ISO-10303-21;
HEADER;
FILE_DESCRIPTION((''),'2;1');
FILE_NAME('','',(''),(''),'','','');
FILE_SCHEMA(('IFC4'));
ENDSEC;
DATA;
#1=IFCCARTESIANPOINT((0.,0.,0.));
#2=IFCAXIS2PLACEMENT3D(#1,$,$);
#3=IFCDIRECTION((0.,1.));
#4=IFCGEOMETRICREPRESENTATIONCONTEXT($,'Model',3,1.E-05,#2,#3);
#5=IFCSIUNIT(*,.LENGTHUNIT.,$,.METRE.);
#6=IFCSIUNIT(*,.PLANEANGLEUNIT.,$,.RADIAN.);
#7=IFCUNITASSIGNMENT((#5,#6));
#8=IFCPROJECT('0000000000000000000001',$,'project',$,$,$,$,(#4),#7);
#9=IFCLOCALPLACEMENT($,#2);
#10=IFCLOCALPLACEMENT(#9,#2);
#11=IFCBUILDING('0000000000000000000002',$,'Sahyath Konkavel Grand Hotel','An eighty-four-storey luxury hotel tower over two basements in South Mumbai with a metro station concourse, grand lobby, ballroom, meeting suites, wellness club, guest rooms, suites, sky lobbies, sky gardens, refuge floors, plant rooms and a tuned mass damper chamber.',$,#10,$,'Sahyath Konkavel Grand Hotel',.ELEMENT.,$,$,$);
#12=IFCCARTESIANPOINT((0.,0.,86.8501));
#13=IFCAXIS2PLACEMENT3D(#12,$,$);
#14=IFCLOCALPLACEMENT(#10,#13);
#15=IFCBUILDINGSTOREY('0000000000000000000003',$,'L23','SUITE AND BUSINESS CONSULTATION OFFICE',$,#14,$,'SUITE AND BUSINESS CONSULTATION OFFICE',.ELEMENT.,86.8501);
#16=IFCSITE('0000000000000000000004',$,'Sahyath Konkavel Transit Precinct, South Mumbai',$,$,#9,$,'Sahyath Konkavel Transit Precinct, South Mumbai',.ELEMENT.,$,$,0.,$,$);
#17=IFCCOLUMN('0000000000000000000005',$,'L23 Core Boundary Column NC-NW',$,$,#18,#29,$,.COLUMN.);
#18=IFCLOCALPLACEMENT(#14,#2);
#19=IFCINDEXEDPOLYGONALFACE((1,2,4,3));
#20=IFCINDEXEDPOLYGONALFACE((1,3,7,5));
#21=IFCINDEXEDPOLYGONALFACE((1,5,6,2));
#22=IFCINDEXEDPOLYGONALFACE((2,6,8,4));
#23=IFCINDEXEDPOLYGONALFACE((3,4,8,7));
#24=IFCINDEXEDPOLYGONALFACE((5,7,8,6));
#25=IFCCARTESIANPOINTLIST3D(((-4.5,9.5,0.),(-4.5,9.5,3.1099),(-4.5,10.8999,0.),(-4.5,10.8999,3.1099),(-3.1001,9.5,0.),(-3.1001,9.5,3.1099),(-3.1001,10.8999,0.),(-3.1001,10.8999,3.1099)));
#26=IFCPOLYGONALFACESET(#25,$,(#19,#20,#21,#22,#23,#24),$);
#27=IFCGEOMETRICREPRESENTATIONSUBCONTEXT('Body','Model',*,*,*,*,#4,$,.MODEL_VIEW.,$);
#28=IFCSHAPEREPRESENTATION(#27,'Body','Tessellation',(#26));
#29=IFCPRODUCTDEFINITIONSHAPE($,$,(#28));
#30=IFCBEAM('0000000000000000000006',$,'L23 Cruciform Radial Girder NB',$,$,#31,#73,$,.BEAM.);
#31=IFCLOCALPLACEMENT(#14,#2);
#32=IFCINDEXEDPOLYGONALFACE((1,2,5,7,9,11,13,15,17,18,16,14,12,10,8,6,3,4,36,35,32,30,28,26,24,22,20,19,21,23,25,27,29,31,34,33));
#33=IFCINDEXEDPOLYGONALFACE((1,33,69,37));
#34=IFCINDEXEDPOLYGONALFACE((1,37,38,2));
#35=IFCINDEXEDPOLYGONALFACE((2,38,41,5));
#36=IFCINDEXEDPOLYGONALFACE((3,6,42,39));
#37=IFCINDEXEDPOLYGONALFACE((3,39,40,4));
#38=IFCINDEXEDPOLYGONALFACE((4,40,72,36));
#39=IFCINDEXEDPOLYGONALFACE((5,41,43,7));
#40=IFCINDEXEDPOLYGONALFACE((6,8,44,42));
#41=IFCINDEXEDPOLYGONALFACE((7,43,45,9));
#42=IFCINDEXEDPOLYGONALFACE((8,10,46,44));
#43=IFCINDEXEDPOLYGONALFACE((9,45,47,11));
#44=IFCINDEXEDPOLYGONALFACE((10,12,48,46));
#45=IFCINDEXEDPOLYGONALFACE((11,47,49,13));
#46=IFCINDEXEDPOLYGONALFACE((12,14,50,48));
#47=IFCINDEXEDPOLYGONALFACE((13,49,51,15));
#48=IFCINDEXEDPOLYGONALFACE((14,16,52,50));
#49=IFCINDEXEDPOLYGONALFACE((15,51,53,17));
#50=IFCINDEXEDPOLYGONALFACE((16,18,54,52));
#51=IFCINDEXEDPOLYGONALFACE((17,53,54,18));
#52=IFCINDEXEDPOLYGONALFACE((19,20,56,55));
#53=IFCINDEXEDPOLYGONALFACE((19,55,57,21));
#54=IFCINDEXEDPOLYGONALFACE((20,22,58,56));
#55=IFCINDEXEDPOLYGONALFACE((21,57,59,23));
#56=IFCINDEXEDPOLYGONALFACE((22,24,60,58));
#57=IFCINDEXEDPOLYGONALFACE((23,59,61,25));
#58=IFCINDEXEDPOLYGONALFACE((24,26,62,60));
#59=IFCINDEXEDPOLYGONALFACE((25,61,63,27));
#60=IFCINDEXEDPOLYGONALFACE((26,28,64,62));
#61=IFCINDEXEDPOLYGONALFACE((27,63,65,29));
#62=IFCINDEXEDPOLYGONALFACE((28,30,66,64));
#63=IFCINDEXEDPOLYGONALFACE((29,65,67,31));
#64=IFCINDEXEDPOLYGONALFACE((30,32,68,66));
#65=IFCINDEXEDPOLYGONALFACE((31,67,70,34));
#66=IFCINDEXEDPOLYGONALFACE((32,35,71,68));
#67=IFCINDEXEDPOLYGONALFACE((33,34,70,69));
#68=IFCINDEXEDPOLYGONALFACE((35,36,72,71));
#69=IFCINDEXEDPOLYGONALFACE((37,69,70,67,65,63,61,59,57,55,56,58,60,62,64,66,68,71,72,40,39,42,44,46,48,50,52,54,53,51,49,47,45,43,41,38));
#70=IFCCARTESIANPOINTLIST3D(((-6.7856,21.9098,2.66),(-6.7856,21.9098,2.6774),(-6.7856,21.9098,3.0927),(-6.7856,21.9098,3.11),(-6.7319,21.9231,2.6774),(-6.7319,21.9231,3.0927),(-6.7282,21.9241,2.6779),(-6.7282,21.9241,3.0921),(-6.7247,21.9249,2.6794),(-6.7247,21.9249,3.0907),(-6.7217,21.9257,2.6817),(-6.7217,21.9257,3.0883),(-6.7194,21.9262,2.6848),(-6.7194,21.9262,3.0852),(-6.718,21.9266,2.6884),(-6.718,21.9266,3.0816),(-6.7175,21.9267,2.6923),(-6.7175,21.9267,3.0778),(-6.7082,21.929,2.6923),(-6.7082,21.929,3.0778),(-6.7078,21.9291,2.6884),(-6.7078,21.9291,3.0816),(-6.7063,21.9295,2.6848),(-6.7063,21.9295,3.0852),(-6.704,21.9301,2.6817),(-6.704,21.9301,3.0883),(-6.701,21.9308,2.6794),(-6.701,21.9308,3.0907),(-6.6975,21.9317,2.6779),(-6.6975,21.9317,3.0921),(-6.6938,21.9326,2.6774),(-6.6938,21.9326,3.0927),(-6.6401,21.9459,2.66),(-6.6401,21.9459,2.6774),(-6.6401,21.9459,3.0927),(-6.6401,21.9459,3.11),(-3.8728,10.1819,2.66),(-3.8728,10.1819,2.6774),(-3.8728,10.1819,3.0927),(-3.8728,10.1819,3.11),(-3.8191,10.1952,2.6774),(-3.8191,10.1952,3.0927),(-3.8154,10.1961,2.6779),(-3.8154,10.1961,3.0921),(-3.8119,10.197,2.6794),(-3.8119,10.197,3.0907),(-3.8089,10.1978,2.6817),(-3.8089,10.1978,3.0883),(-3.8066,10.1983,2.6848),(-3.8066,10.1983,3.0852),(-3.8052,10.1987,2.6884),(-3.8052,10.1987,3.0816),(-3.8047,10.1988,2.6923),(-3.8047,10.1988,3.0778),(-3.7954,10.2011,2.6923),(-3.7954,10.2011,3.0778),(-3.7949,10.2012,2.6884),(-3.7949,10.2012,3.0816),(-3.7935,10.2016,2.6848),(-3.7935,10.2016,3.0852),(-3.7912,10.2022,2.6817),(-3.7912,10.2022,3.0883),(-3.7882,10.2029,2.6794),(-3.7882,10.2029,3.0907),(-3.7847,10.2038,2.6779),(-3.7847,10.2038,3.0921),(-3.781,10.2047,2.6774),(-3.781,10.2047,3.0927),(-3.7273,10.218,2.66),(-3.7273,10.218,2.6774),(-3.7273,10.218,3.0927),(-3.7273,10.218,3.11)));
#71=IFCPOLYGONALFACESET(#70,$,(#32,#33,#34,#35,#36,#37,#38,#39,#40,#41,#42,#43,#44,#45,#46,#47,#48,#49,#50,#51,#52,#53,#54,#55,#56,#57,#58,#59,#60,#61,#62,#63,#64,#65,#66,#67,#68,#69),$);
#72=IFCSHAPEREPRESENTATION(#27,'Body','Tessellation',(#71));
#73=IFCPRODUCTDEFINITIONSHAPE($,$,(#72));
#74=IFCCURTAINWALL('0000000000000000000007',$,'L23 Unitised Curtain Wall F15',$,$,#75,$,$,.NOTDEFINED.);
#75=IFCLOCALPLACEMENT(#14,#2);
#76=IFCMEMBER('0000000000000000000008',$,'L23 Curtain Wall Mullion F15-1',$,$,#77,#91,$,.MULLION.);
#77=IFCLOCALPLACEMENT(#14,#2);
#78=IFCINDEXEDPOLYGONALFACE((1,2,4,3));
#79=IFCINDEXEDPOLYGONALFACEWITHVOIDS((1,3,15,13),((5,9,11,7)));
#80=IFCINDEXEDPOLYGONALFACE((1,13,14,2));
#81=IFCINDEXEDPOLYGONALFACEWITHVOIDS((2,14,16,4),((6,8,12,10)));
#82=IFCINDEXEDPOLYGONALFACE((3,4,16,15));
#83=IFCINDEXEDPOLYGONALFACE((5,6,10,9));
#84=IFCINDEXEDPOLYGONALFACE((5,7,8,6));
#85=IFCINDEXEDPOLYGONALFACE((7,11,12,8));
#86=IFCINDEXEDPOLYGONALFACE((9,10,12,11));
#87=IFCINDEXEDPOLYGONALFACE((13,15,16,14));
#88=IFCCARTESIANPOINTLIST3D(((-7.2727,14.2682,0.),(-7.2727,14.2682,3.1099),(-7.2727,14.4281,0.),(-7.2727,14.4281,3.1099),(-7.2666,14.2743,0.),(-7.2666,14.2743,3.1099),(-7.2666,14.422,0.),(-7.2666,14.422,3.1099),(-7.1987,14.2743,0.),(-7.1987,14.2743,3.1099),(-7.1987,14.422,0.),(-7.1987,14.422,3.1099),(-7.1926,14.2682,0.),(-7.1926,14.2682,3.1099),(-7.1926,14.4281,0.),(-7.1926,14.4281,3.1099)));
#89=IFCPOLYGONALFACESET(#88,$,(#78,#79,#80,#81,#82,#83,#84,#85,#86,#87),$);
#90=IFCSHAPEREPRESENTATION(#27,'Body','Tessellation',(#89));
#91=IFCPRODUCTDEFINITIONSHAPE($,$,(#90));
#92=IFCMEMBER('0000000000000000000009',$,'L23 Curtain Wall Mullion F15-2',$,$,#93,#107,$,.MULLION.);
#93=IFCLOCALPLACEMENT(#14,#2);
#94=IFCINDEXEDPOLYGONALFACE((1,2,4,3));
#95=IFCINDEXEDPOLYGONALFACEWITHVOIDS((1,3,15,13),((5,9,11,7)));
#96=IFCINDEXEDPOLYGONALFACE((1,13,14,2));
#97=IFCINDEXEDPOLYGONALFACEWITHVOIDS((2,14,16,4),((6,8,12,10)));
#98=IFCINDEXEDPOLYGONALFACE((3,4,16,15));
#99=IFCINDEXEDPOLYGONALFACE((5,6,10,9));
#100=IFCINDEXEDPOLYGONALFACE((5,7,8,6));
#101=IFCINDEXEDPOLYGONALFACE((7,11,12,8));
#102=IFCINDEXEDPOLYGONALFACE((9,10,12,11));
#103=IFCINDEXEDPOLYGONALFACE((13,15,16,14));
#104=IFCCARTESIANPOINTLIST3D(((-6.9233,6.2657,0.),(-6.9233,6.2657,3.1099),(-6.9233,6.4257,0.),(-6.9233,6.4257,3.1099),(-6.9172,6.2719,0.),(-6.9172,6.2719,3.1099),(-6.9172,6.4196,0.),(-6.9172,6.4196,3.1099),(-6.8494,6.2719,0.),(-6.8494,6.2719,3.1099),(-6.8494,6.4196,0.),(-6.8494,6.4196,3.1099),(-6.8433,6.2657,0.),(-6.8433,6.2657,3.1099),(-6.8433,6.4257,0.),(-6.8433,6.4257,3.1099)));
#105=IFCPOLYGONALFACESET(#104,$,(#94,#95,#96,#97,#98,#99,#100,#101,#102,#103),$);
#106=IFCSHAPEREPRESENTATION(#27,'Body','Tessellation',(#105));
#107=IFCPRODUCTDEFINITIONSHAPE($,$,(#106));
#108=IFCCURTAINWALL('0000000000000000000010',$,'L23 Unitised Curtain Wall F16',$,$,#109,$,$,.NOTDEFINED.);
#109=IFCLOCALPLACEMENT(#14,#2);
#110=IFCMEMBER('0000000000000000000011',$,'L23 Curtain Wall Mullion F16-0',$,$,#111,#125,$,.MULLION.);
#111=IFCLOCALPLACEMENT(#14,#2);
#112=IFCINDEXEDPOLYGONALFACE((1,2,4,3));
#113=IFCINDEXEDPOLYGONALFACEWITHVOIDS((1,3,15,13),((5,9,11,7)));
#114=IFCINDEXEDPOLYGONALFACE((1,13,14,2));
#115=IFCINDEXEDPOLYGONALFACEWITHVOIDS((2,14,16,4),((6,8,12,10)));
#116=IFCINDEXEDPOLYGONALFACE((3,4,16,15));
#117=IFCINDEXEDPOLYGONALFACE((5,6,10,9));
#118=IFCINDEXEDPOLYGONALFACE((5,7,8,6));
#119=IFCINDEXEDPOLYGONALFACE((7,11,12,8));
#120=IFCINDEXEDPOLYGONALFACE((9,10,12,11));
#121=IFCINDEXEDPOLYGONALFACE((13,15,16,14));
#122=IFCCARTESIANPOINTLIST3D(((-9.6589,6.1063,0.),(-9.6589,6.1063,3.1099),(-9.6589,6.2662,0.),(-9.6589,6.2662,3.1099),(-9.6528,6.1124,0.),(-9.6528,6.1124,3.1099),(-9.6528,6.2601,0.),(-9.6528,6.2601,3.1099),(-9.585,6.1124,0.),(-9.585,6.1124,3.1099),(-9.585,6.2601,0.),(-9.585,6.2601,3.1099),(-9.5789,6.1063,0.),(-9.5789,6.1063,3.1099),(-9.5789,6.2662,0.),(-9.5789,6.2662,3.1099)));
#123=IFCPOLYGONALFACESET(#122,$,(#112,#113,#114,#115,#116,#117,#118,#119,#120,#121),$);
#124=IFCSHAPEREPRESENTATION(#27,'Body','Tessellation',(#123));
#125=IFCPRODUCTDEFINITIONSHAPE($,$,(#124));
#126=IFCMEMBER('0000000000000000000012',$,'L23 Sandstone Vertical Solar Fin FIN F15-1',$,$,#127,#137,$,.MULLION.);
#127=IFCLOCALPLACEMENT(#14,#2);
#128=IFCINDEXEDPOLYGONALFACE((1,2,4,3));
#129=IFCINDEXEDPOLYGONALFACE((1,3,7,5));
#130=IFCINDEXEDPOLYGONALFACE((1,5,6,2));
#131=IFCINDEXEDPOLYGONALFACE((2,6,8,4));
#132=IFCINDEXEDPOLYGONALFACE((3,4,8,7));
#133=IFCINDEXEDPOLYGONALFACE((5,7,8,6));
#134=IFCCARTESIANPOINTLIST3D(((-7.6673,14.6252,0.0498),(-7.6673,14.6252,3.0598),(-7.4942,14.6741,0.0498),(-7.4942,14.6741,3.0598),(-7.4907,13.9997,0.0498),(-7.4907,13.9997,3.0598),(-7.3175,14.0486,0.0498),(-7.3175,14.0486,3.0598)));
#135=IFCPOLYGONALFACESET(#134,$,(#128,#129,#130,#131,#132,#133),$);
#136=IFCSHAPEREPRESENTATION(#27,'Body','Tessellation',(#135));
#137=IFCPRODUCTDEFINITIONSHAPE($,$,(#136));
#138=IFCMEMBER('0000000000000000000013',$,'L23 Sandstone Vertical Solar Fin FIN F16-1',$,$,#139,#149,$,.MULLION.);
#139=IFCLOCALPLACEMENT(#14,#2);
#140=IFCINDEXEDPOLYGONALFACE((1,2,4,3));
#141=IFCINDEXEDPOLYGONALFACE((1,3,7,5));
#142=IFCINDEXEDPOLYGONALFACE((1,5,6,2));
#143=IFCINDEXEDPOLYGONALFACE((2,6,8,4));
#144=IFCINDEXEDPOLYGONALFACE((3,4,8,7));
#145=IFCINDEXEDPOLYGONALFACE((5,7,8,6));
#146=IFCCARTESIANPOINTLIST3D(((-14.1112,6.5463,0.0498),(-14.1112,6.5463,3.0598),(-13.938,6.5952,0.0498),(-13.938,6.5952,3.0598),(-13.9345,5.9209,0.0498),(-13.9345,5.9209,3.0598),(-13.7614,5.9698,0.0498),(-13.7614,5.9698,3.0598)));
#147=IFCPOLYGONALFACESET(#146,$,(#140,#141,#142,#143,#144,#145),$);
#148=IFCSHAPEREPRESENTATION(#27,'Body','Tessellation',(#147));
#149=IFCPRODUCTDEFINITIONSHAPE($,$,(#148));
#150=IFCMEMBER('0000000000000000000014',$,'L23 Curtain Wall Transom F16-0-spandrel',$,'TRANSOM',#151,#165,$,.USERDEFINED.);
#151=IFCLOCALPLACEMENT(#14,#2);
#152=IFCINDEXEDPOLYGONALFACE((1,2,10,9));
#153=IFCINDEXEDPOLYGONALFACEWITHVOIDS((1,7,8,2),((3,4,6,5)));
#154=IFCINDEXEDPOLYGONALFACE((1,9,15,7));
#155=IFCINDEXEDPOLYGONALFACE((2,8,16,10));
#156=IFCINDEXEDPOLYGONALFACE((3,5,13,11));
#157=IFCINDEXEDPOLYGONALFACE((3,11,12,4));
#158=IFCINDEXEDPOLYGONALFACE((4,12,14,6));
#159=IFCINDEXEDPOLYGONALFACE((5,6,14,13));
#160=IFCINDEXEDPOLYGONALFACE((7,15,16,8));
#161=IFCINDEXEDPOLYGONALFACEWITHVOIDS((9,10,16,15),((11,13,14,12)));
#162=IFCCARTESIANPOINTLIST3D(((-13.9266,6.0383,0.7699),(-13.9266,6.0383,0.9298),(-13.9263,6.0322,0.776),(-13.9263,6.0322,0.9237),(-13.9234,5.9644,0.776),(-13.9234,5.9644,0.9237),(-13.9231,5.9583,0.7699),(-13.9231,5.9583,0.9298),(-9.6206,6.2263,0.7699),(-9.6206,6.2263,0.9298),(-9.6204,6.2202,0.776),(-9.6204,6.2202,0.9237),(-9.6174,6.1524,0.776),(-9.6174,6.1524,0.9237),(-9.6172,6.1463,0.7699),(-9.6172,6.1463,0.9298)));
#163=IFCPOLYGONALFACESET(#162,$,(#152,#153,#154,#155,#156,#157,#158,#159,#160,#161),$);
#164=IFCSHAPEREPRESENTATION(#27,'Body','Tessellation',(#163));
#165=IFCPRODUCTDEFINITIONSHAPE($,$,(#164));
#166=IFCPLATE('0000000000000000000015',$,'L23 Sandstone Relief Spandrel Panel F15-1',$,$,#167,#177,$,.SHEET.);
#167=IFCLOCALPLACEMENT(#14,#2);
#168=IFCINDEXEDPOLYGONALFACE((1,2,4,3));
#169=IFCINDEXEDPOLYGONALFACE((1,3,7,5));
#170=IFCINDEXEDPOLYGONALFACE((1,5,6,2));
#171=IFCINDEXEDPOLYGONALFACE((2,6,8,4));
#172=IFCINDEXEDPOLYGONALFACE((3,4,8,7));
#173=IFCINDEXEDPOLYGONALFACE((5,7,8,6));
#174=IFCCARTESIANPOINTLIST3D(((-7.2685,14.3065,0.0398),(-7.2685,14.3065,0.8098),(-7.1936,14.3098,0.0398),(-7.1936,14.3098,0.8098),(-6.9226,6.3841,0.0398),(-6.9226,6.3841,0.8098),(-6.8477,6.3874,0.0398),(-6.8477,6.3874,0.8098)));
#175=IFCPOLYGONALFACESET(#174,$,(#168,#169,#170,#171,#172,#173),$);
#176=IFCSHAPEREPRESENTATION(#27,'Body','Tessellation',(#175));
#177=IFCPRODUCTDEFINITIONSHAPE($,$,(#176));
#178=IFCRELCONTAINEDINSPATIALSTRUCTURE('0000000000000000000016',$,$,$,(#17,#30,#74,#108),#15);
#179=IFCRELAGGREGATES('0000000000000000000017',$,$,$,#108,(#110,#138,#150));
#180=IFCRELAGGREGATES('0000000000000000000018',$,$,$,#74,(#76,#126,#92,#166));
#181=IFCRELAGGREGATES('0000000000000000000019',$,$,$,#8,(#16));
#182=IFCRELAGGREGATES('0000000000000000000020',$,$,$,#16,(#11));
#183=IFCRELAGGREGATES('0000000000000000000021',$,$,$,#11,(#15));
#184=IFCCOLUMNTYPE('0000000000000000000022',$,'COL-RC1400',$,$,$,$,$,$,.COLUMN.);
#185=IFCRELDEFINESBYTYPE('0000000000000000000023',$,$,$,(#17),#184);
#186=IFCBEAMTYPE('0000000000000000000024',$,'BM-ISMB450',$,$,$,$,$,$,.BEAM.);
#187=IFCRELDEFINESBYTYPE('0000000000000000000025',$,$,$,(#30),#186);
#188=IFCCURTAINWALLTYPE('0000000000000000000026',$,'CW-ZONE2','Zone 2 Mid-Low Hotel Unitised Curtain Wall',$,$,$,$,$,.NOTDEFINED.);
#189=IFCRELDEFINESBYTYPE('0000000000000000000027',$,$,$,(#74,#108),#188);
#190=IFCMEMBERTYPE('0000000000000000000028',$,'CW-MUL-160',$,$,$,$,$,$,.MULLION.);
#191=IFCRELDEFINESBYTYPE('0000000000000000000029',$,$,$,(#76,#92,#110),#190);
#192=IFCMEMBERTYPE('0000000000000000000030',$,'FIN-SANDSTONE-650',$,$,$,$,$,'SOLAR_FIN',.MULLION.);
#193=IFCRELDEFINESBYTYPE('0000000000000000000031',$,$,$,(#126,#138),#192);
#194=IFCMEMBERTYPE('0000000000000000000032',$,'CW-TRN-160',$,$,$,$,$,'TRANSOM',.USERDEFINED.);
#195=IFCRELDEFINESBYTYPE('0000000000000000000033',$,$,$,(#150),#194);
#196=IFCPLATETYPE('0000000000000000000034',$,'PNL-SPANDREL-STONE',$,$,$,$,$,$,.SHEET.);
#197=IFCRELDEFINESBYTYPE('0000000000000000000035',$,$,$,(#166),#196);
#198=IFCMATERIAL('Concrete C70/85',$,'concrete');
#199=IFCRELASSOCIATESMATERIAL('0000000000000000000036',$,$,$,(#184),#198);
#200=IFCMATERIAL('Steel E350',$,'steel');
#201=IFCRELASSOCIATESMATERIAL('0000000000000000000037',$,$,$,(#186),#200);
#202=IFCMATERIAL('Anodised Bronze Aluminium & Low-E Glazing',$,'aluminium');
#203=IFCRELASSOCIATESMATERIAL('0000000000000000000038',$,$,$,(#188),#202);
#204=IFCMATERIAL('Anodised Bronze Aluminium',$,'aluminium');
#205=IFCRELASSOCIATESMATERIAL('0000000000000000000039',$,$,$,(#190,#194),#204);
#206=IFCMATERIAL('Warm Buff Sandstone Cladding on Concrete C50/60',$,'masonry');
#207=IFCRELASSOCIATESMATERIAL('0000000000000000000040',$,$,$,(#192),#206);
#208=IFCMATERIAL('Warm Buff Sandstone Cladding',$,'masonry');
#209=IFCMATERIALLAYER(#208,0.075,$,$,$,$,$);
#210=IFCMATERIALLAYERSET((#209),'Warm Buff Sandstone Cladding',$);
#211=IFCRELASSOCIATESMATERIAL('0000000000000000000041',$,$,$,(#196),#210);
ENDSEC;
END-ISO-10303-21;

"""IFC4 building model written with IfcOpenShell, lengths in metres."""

from ifc_helpers import new_model, si_unit, direction, frame, origin, origin_2d, place, context, subcontext, project, spatial, rectangle, hollow_rectangle, i_section, extrude, source, transform, mapped, material, layer, layer_set, material_profile, profile_set, type_object, element, aggregate, save


model = new_model("IFC4")

# Units and contexts
model_context = context("Model", 3, precision=1e-05, world=origin(), true_north=direction((0.0, 1.0)))
body_context = subcontext(model_context, "Body", "Model", "MODEL_VIEW")
ifc_project = project(units=[si_unit("LENGTHUNIT", "METRE"), si_unit("PLANEANGLEUNIT", "RADIAN")], contexts=[model_context])

# Site, building, storey
site_placement = place(None, origin())
site = spatial("IfcSite", under=ifc_project, at=site_placement, Name="Sahyath Konkavel Transit Precinct, South Mumbai", LongName="Sahyath Konkavel Transit Precinct, South Mumbai", CompositionType="ELEMENT", RefElevation=0.0)
building_placement = place(site_placement, origin())
building = spatial("IfcBuilding", under=site, at=building_placement, Name="Sahyath Konkavel Grand Hotel", Description="An eighty-four-storey luxury hotel tower over two basements in South Mumbai with a metro station concourse, grand lobby, ballroom, meeting suites, wellness club, guest rooms, suites, sky lobbies, sky gardens, refuge floors, plant rooms and a tuned mass damper chamber.", LongName="Sahyath Konkavel Grand Hotel", CompositionType="ELEMENT")
storey_placement = place(building_placement, frame((0.0, 0.0, 86.8501)))
storey = spatial("IfcBuildingStorey", under=building, at=storey_placement, Name="L23", Description="SUITE AND BUSINESS CONSULTATION OFFICE", LongName="SUITE AND BUSINESS CONSULTATION OFFICE", CompositionType="ELEMENT", Elevation=86.8501)

# Column
ifc_material_1 = material(Name="Concrete C70/85", Category="concrete")
ifc_material_profile_1 = material_profile(ifc_material_1, rectangle(XDim=1.3999, YDim=1.3999, at=origin_2d()), Name="RC 1400x1400")
ifc_profile_set_1 = profile_set([ifc_material_profile_1], Name="Concrete C70/85")
column_type = type_object("IfcColumnType", Name="COL-RC1400", PredefinedType="COLUMN", material=ifc_profile_set_1)
shared_shape_1 = source(origin(), body_context, "Body", "SweptSolid", [
    extrude(rectangle(XDim=1.3999, YDim=1.3999, at=origin_2d()), origin(), (0.0, 0.0, 1.0), 3.1099),
])
column_placement = place(storey_placement, frame((-3.8, 10.2, 0.0), z_axis=(0.0, 0.0, 1.0), x_axis=(1.0, 0.0, 0.0)))
element("IfcColumn", 1, at=column_placement, inside=storey, type_object=column_type, Name="L23 Core Boundary Column NC-NW", PredefinedType="COLUMN", context=body_context, shape_type="MappedRepresentation", body=[
    mapped(shared_shape_1, transform((0.0, 0.0, 0.0), scale=1.0)),
])

# Beam
ifc_material_2 = material(Name="Steel E350", Category="steel")
ifc_material_profile_2 = material_profile(ifc_material_2, i_section(OverallWidth=0.1499, OverallDepth=0.45, WebThickness=0.0095, FlangeThickness=0.0173, FilletRadius=0.0149, at=origin_2d()), Name="ISMB 450")
ifc_profile_set_2 = profile_set([ifc_material_profile_2], Name="Steel E350")
beam_type = type_object("IfcBeamType", Name="BM-ISMB450", PredefinedType="BEAM", material=ifc_profile_set_2)
shared_shape_2 = source(origin(), body_context, "Body", "SweptSolid", [
    extrude(i_section(OverallWidth=0.1499, OverallDepth=0.45, WebThickness=0.0095, FlangeThickness=0.0173, FilletRadius=0.0149, at=origin_2d()), origin(), (0.0, 0.0, 1.0), 12.0842),
])
beam_placement = place(storey_placement, frame((-3.8, 10.2, 2.885), z_axis=(-0.241043, 0.970515, 0.0), x_axis=(-0.970515, -0.241043, 0.0)))
element("IfcBeam", 2, at=beam_placement, inside=storey, type_object=beam_type, Name="L23 Cruciform Radial Girder NB", PredefinedType="BEAM", context=body_context, shape_type="MappedRepresentation", body=[
    mapped(shared_shape_2, transform((0.0, 0.0, 0.0), scale=1.0)),
])

# Curtain wall, members
ifc_material_3 = material(Name="Anodised Bronze Aluminium & Low-E Glazing", Category="aluminium")
curtain_wall_type = type_object("IfcCurtainWallType", Name="CW-ZONE2", Description="Zone 2 Mid-Low Hotel Unitised Curtain Wall", PredefinedType="NOTDEFINED", material=ifc_material_3)
curtain_wall_1_placement = place(storey_placement, origin())
curtain_wall_1 = element("IfcCurtainWall", 3, at=curtain_wall_1_placement, inside=storey, type_object=curtain_wall_type, Name="L23 Unitised Curtain Wall F15", PredefinedType="NOTDEFINED")
ifc_material_4 = material(Name="Anodised Bronze Aluminium", Category="aluminium")
ifc_material_profile_3 = material_profile(ifc_material_4, hollow_rectangle(XDim=0.0801, YDim=0.1599, WallThickness=0.0061, at=origin_2d()), Name="RHS 160x80x6")
ifc_profile_set_3 = profile_set([ifc_material_profile_3], Name="Anodised Bronze Aluminium")
member_type_1 = type_object("IfcMemberType", Name="CW-MUL-160", PredefinedType="MULLION", material=ifc_profile_set_3)
shared_shape_3 = source(origin(), body_context, "Body", "SweptSolid", [
    extrude(hollow_rectangle(XDim=0.0801, YDim=0.1599, WallThickness=0.0061, at=origin_2d()), origin(), (0.0, 0.0, 1.0), 3.1099),
])
member_1_placement = place(storey_placement, frame((-7.2327, 14.3481, 0.0), z_axis=(0.0, 0.0, 1.0), x_axis=(1.0, 0.0, 0.0)))
member_1 = element("IfcMember", 4, at=member_1_placement, type_object=member_type_1, Name="L23 Curtain Wall Mullion F15-1", PredefinedType="MULLION", context=body_context, shape_type="MappedRepresentation", body=[
    mapped(shared_shape_3, transform((0.0, 0.0, 0.0), scale=1.0)),
])
member_2_placement = place(storey_placement, frame((-6.8833, 6.3457, 0.0), z_axis=(0.0, 0.0, 1.0), x_axis=(1.0, 0.0, 0.0)))
member_2 = element("IfcMember", 5, at=member_2_placement, type_object=member_type_1, Name="L23 Curtain Wall Mullion F15-2", PredefinedType="MULLION", context=body_context, shape_type="MappedRepresentation", body=[
    mapped(shared_shape_3, transform((0.0, 0.0, 0.0), scale=1.0)),
])

# Curtain wall, member
curtain_wall_2_placement = place(storey_placement, origin())
curtain_wall_2 = element("IfcCurtainWall", 6, at=curtain_wall_2_placement, inside=storey, type_object=curtain_wall_type, Name="L23 Unitised Curtain Wall F16", PredefinedType="NOTDEFINED")
member_3_placement = place(storey_placement, frame((-9.6189, 6.1863, 0.0), z_axis=(0.0, 0.0, 1.0), x_axis=(1.0, 0.0, 0.0)))
member_3 = element("IfcMember", 7, at=member_3_placement, type_object=member_type_1, Name="L23 Curtain Wall Mullion F16-0", PredefinedType="MULLION", context=body_context, shape_type="MappedRepresentation", body=[
    mapped(shared_shape_3, transform((0.0, 0.0, 0.0), scale=1.0)),
])

# Members
ifc_material_5 = material(Name="Warm Buff Sandstone Cladding on Concrete C50/60", Category="masonry")
ifc_material_profile_4 = material_profile(ifc_material_5, rectangle(XDim=0.1799, YDim=0.6499, at=origin_2d()), Name="FIN 180x650")
ifc_profile_set_4 = profile_set([ifc_material_profile_4], Name="Warm Buff Sandstone Cladding on Concrete C50/60")
member_type_2 = type_object("IfcMemberType", Name="FIN-SANDSTONE-650", ElementType="SOLAR_FIN", PredefinedType="MULLION", material=ifc_profile_set_4)
shared_shape_4 = source(origin(), body_context, "Body", "SweptSolid", [
    extrude(rectangle(XDim=0.1799, YDim=0.6499, at=origin_2d()), origin(), (0.0, 0.0, 1.0), 3.01),
])
member_4_placement = place(storey_placement, frame((-7.4924, 14.3369, 0.0498), z_axis=(0.0, 0.0, 1.0), x_axis=(0.96236, 0.271776, 0.0)))
member_4 = element("IfcMember", 8, at=member_4_placement, type_object=member_type_2, Name="L23 Sandstone Vertical Solar Fin FIN F15-1", PredefinedType="MULLION", context=body_context, shape_type="MappedRepresentation", body=[
    mapped(shared_shape_4, transform((0.0, 0.0, 0.0), scale=1.0)),
])
member_5_placement = place(storey_placement, frame((-13.9363, 6.2581, 0.0498), z_axis=(0.0, 0.0, 1.0), x_axis=(0.96236, 0.271776, 0.0)))
member_5 = element("IfcMember", 9, at=member_5_placement, type_object=member_type_2, Name="L23 Sandstone Vertical Solar Fin FIN F16-1", PredefinedType="MULLION", context=body_context, shape_type="MappedRepresentation", body=[
    mapped(shared_shape_4, transform((0.0, 0.0, 0.0), scale=1.0)),
])
ifc_material_profile_5 = material_profile(ifc_material_4, hollow_rectangle(XDim=0.0801, YDim=0.1599, WallThickness=0.0061, at=origin_2d()), Name="RHS 160x80x6")
ifc_profile_set_5 = profile_set([ifc_material_profile_5], Name="Anodised Bronze Aluminium")
member_type_3 = type_object("IfcMemberType", Name="CW-TRN-160", ElementType="TRANSOM", PredefinedType="USERDEFINED", material=ifc_profile_set_5)
shared_shape_5 = source(origin(), body_context, "Body", "SweptSolid", [
    extrude(hollow_rectangle(XDim=0.0801, YDim=0.1599, WallThickness=0.0061, at=origin_2d()), origin(), (0.0, 0.0, 1.0), 4.3101),
])
member_6_placement = place(storey_placement, frame((-9.6189, 6.1863, 0.8499), z_axis=(-0.999048, -0.043617, 0.0), x_axis=(0.043617, -0.999048, 0.0)))
member_6 = element("IfcMember", 10, at=member_6_placement, type_object=member_type_3, Name="L23 Curtain Wall Transom F16-0-spandrel", ObjectType="TRANSOM", PredefinedType="USERDEFINED", context=body_context, shape_type="MappedRepresentation", body=[
    mapped(shared_shape_5, transform((0.0, 0.0, 0.0), scale=1.0)),
])
aggregate(curtain_wall_2, [member_3, member_5, member_6])

# Plate
ifc_material_6 = material(Name="Warm Buff Sandstone Cladding", Category="masonry")
ifc_layer_1 = layer(ifc_material_6, 0.075)
ifc_layer_set_1 = layer_set([ifc_layer_1], Name="Warm Buff Sandstone Cladding")
plate_type_1 = type_object("IfcPlateType", Name="PNL-SPANDREL-STONE", PredefinedType="SHEET", material=ifc_layer_set_1)
shared_shape_6 = source(origin(), body_context, "Body", "SweptSolid", [
    extrude(rectangle(XDim=7.9299, YDim=0.075, at=origin_2d()), origin(), (0.0, 0.0, 1.0), 0.77),
])
plate_1_placement = place(storey_placement, frame((-7.0581, 10.3469, 0.0398), z_axis=(0.0, 0.0, 1.0), x_axis=(0.043619, -0.999048, 0.0)))
plate_1 = element("IfcPlate", 11, at=plate_1_placement, type_object=plate_type_1, Name="L23 Sandstone Relief Spandrel Panel F15-1", PredefinedType="SHEET", context=body_context, shape_type="MappedRepresentation", body=[
    mapped(shared_shape_6, transform((0.0, 0.0, 0.0), scale=1.0)),
])
aggregate(curtain_wall_1, [member_1, member_4, member_2, plate_1])

save(model, "model.ifc")
